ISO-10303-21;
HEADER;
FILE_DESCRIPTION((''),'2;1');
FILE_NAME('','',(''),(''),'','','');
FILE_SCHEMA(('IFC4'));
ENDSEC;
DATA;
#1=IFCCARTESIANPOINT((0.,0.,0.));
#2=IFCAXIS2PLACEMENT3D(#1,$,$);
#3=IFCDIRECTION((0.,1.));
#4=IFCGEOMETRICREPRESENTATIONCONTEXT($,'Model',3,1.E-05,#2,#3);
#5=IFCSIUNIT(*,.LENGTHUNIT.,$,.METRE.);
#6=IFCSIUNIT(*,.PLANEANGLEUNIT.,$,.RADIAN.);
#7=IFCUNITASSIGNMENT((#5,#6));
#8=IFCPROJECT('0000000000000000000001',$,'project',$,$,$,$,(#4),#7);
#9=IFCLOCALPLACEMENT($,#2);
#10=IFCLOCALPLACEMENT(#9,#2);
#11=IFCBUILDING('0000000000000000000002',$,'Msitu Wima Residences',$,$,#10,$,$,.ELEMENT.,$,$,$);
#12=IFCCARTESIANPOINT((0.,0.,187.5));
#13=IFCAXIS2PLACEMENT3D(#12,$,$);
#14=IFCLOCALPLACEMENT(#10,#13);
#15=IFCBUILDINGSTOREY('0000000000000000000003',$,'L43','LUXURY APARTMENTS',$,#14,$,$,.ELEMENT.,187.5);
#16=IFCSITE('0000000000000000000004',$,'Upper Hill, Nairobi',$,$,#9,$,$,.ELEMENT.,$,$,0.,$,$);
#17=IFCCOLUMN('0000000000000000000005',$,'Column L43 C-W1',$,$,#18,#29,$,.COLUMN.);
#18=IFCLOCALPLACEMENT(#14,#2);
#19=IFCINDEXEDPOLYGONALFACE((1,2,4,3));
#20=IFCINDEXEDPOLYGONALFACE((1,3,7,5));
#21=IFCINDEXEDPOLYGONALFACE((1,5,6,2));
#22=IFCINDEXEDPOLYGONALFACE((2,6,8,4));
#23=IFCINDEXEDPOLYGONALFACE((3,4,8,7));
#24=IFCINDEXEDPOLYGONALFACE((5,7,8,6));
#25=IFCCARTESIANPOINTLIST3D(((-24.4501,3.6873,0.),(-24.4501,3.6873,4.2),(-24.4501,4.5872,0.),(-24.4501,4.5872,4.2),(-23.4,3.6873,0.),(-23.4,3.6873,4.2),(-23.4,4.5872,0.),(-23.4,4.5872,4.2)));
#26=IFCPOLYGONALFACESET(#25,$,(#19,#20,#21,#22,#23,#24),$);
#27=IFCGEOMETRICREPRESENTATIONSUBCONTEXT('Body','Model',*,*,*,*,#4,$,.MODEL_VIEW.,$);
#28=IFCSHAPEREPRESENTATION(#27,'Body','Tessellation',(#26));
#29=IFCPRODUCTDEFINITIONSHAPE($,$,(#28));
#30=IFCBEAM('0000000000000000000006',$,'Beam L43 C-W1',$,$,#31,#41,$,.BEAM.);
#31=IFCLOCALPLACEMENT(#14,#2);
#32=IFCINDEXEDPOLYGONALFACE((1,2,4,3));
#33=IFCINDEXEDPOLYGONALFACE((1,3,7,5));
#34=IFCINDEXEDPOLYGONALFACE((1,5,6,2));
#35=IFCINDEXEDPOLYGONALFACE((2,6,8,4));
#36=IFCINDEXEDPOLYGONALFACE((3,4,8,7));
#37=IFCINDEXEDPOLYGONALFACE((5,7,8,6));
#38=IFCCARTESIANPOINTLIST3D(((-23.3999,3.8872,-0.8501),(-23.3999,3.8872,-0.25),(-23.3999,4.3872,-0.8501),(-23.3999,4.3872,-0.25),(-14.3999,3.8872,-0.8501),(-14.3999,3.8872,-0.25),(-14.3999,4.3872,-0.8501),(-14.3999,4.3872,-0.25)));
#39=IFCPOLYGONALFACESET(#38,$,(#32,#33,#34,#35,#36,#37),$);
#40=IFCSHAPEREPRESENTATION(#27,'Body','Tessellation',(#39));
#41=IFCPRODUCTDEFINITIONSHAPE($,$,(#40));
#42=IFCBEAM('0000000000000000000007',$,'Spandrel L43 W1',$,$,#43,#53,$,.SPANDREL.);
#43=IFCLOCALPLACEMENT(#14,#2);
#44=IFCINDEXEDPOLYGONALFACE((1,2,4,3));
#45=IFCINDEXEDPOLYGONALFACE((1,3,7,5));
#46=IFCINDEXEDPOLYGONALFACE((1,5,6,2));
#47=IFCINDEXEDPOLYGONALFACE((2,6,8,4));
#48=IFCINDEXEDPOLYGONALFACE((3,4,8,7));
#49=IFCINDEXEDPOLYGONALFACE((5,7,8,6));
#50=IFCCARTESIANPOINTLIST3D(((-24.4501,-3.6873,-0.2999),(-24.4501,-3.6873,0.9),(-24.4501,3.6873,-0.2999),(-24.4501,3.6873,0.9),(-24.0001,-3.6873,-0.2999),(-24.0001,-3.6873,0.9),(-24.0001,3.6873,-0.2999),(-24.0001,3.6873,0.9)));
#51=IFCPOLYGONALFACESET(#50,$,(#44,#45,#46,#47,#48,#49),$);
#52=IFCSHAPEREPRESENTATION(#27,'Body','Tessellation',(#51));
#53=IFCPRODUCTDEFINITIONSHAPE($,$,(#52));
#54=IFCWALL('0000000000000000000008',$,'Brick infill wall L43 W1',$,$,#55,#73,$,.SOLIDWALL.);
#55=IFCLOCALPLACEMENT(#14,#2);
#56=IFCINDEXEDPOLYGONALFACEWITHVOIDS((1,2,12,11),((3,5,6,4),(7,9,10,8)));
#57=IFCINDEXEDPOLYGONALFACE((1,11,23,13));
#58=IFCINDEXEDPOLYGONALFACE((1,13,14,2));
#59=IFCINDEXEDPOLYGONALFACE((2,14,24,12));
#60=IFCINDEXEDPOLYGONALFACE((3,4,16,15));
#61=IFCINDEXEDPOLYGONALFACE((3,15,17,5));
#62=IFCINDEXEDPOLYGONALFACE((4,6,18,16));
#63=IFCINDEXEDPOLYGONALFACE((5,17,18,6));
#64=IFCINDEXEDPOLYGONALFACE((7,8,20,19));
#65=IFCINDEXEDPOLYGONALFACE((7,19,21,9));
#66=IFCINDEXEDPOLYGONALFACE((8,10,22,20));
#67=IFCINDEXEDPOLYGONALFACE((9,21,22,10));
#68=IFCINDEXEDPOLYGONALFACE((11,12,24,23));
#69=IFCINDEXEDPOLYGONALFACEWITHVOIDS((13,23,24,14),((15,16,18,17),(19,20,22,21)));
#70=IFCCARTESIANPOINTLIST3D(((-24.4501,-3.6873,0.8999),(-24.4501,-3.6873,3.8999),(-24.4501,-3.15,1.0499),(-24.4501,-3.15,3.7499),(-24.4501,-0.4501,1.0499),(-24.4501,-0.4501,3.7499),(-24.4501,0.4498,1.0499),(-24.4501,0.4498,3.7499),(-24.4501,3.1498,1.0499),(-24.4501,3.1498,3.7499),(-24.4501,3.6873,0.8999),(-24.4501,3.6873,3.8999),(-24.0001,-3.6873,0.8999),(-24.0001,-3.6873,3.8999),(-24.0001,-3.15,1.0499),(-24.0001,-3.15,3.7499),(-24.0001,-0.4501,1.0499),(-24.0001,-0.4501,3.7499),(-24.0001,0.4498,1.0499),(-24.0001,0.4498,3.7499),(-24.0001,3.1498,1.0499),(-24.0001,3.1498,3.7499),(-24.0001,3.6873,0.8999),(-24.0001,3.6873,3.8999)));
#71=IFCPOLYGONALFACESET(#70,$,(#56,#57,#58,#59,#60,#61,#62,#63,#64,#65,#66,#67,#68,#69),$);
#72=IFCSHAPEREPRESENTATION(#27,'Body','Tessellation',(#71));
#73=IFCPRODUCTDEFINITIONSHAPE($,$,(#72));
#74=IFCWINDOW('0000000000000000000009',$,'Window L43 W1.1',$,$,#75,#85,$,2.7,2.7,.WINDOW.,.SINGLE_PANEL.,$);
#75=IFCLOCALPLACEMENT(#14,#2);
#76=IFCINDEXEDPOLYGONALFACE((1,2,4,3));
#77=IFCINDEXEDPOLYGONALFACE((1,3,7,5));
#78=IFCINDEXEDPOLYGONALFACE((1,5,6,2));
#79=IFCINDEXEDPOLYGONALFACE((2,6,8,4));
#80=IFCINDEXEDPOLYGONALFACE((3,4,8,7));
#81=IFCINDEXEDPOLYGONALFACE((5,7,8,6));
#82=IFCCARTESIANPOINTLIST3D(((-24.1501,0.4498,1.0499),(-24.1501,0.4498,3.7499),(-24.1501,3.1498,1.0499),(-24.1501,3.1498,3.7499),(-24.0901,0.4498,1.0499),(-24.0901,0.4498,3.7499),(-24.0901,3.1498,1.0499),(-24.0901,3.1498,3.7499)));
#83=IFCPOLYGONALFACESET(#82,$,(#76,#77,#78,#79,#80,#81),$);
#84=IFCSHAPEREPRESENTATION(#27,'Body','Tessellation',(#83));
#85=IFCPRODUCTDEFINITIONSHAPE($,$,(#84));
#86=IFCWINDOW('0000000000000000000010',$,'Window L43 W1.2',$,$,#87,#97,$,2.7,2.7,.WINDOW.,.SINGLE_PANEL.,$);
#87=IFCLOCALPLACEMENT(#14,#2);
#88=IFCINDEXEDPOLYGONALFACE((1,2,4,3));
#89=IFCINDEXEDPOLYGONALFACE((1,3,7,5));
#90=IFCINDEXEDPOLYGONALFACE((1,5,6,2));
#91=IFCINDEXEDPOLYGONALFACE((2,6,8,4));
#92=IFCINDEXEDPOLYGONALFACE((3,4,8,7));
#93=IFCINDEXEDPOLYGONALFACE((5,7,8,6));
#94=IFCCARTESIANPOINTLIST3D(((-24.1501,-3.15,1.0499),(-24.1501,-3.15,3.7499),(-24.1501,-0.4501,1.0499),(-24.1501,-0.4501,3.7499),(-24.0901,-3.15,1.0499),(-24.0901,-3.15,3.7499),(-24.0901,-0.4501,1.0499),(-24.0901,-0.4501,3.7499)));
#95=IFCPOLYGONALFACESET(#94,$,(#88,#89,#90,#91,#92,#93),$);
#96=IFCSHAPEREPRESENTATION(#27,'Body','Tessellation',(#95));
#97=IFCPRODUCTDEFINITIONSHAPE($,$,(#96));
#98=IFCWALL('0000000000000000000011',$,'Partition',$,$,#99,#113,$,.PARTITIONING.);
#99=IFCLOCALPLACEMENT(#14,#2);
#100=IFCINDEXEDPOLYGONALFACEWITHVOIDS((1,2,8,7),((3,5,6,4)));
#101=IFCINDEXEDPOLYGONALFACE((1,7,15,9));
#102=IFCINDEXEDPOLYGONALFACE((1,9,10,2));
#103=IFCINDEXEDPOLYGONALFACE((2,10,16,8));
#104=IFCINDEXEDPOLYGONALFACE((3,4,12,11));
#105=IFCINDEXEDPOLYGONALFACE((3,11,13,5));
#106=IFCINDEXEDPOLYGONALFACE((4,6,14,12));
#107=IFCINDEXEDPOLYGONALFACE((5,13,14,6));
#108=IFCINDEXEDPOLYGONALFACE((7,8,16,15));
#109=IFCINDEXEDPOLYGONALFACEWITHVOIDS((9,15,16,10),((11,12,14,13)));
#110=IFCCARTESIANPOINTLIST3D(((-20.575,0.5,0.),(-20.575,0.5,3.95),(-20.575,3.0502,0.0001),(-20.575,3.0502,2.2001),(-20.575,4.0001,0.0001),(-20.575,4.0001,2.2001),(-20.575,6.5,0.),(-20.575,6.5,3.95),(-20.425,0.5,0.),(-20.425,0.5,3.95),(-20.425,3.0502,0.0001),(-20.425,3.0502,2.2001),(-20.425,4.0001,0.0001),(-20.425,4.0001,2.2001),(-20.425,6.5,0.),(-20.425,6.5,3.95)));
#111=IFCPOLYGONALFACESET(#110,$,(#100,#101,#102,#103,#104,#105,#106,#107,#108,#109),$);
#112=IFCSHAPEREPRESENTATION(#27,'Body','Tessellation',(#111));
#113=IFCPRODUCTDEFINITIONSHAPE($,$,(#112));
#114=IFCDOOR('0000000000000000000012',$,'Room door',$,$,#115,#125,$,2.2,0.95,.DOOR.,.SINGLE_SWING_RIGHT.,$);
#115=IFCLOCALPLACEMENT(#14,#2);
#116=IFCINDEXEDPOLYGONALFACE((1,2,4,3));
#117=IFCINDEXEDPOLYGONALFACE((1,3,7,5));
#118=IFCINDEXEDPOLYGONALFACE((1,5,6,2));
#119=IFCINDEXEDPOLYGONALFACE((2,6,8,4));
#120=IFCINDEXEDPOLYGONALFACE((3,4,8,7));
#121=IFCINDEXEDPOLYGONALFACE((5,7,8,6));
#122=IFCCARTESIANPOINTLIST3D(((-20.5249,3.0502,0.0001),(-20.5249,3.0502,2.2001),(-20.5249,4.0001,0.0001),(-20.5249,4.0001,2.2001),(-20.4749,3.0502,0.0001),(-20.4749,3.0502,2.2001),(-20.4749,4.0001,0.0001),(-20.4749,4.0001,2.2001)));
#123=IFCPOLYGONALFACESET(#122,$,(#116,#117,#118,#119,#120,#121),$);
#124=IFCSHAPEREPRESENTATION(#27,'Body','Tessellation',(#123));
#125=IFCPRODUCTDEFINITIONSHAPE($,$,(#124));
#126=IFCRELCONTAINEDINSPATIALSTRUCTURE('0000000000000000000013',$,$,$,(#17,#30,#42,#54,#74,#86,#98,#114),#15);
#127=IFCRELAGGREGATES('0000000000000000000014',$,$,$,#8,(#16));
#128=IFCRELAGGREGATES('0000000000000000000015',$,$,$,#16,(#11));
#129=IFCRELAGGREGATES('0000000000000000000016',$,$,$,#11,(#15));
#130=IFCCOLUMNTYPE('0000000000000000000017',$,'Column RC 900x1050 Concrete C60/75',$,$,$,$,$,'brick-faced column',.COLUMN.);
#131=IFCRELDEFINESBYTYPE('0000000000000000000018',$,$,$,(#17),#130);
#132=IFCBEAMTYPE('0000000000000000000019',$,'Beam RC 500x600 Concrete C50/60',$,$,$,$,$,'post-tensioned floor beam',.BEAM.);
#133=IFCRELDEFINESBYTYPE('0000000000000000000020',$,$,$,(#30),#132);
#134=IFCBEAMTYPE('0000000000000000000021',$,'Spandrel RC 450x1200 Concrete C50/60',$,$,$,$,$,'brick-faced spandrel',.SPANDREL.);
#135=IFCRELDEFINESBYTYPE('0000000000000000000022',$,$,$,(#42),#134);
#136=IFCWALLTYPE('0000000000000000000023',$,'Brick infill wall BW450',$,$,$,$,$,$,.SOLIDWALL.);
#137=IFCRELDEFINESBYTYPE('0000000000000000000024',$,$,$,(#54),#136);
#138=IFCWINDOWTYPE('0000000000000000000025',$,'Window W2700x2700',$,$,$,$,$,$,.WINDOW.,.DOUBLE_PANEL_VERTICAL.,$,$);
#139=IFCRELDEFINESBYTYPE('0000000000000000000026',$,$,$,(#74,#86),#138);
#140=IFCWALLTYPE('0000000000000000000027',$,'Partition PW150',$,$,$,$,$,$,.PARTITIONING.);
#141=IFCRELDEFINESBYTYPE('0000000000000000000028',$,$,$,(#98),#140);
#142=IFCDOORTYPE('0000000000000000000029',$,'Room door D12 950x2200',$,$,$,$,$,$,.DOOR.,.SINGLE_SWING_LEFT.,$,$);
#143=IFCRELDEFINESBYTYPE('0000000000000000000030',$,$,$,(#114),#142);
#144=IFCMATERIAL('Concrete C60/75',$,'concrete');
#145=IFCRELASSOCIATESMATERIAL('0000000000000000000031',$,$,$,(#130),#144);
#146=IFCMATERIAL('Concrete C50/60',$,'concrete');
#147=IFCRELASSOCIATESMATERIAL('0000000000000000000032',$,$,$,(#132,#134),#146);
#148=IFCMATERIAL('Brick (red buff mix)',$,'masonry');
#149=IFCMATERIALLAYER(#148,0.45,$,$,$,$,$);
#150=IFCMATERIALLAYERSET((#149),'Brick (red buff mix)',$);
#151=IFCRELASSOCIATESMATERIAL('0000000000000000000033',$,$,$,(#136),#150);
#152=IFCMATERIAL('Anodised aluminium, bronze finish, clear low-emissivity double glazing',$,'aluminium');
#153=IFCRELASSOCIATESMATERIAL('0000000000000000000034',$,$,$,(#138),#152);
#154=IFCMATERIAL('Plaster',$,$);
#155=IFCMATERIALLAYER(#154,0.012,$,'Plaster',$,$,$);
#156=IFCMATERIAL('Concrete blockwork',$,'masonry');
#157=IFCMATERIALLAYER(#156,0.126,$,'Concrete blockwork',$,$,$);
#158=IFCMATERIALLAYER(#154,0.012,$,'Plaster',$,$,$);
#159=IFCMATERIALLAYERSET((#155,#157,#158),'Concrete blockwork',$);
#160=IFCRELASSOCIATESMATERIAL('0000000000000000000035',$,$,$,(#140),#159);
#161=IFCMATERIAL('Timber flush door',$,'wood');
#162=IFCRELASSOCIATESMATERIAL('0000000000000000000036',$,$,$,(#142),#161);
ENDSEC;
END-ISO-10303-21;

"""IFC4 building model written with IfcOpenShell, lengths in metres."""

from ifc_helpers import new_model, si_unit, direction, frame, frame_2d, origin, origin_2d, place, context, subcontext, project, spatial, rectangle, extrude, material, layer, layer_set, material_profile, profile_set, type_object, element, fill, save


model = new_model("IFC4")

# Units and contexts
model_context = context("Model", 3, precision=1e-05, world=origin(), true_north=direction((0.0, 1.0)))
body_context = subcontext(model_context, "Body", "Model", "MODEL_VIEW")
ifc_project = project(units=[si_unit("LENGTHUNIT", "METRE"), si_unit("PLANEANGLEUNIT", "RADIAN")], contexts=[model_context])

# Site, building, storey
site_placement = place(None, origin())
site = spatial("IfcSite", under=ifc_project, at=site_placement, Name="Upper Hill, Nairobi", CompositionType="ELEMENT", RefElevation=0.0)
building_placement = place(site_placement, origin())
building = spatial("IfcBuilding", under=site, at=building_placement, Name="Msitu Wima Residences", CompositionType="ELEMENT")
storey_placement = place(building_placement, frame((0.0, 0.0, 187.5)))
storey = spatial("IfcBuildingStorey", under=building, at=storey_placement, Name="L43", Description="LUXURY APARTMENTS", CompositionType="ELEMENT", Elevation=187.5)

# Column
ifc_material_1 = material(Name="Concrete C60/75", Category="concrete")
ifc_material_profile_1 = material_profile(ifc_material_1, rectangle(XDim=0.8999, YDim=1.05, at=origin_2d()), Name="RC 900x1050")
ifc_profile_set_1 = profile_set([ifc_material_profile_1], Name="Concrete C60/75")
column_type = type_object("IfcColumnType", Name="Column RC 900x1050 Concrete C60/75", ElementType="brick-faced column", PredefinedType="COLUMN", material=ifc_profile_set_1)
column_placement = place(storey_placement, frame((-23.925, 4.1372, 0.0), z_axis=(0.0, 0.0, 1.0), x_axis=(0.0, -1.0, 0.0)))
element("IfcColumn", 1, at=column_placement, inside=storey, type_object=column_type, Name="Column L43 C-W1", PredefinedType="COLUMN", context=body_context, shape_type="SweptSolid", body=[
    extrude(rectangle(XDim=0.8999, YDim=1.05, at=origin_2d()), origin(), (0.0, 0.0, 1.0), 4.2),
])

# Beams
ifc_material_2 = material(Name="Concrete C50/60", Category="concrete")
ifc_material_profile_2 = material_profile(ifc_material_2, rectangle(XDim=0.5, YDim=0.6001, at=origin_2d()), Name="RC 500x600")
ifc_profile_set_2 = profile_set([ifc_material_profile_2], Name="Concrete C50/60")
beam_type_1 = type_object("IfcBeamType", Name="Beam RC 500x600 Concrete C50/60", ElementType="post-tensioned floor beam", PredefinedType="BEAM", material=ifc_profile_set_2)
beam_1_placement = place(storey_placement, frame((-23.3999, 4.1372, -0.55), z_axis=(1.0, 0.0, 0.0), x_axis=(0.0, 1.0, 0.0)))
element("IfcBeam", 2, at=beam_1_placement, inside=storey, type_object=beam_type_1, Name="Beam L43 C-W1", PredefinedType="BEAM", context=body_context, shape_type="SweptSolid", body=[
    extrude(rectangle(XDim=0.5, YDim=0.6001, at=origin_2d()), origin(), (0.0, 0.0, 1.0), 9.0),
])
ifc_material_profile_3 = material_profile(ifc_material_2, rectangle(XDim=0.45, YDim=1.2, at=origin_2d()), Name="RC 450x1200")
ifc_profile_set_3 = profile_set([ifc_material_profile_3], Name="Concrete C50/60")
beam_type_2 = type_object("IfcBeamType", Name="Spandrel RC 450x1200 Concrete C50/60", ElementType="brick-faced spandrel", PredefinedType="SPANDREL", material=ifc_profile_set_3)
beam_2_placement = place(storey_placement, frame((-24.2251, 3.6873, 0.3), z_axis=(0.0, -1.0, 0.0), x_axis=(1.0, 0.0, 0.0)))
element("IfcBeam", 3, at=beam_2_placement, inside=storey, type_object=beam_type_2, Name="Spandrel L43 W1", PredefinedType="SPANDREL", context=body_context, shape_type="SweptSolid", body=[
    extrude(rectangle(XDim=0.45, YDim=1.2, at=origin_2d()), origin(), (0.0, 0.0, 1.0), 7.3745),
])

# Wall, openings, windows
ifc_material_3 = material(Name="Brick (red buff mix)", Category="masonry")
ifc_layer_1 = layer(ifc_material_3, 0.45)
ifc_layer_set_1 = layer_set([ifc_layer_1], Name="Brick (red buff mix)")
wall_type_1 = type_object("IfcWallType", Name="Brick infill wall BW450", PredefinedType="SOLIDWALL", material=ifc_layer_set_1)
wall_1_placement = place(storey_placement, frame((-24.2251, 3.6873, 0.8999), z_axis=(0.0, 0.0, 1.0), x_axis=(0.0, -1.0, 0.0)))
wall_1 = element("IfcWall", 4, at=wall_1_placement, inside=storey, type_object=wall_type_1, Name="Brick infill wall L43 W1", PredefinedType="SOLIDWALL", context=body_context, shape_type="SweptSolid", body=[
    extrude(rectangle(XDim=7.3745, YDim=0.45, at=frame_2d((3.6873, 0.0))), origin(), (0.0, 0.0, 1.0), 3.0),
])
opening_1_placement = place(wall_1_placement, frame((0.5374, 0.0, 0.1499)))
opening_1 = element("IfcOpeningElement", 5, at=opening_1_placement, cuts=wall_1, PredefinedType="OPENING", context=body_context, shape_type="SweptSolid", body=[
    extrude(rectangle(XDim=2.7, YDim=2.7, at=frame_2d((1.3501, 1.3501))), frame((0.0, 0.2349, 0.0), z_axis=(0.0, -1.0, 0.0), x_axis=(1.0, 0.0, 0.0)), (0.0, 0.0, 1.0), 0.47),
])
opening_2_placement = place(wall_1_placement, frame((4.1372, 0.0, 0.1499)))
opening_2 = element("IfcOpeningElement", 6, at=opening_2_placement, cuts=wall_1, PredefinedType="OPENING", context=body_context, shape_type="SweptSolid", body=[
    extrude(rectangle(XDim=2.7, YDim=2.7, at=frame_2d((1.3501, 1.3501))), frame((0.0, 0.2349, 0.0), z_axis=(0.0, -1.0, 0.0), x_axis=(1.0, 0.0, 0.0)), (0.0, 0.0, 1.0), 0.47),
])
ifc_material_4 = material(Name="Anodised aluminium, bronze finish, clear low-emissivity double glazing", Category="aluminium")
window_type = type_object("IfcWindowType", Name="Window W2700x2700", PartitioningType="DOUBLE_PANEL_VERTICAL", PredefinedType="WINDOW", material=ifc_material_4)
window_1_placement = place(opening_1_placement, origin())
window_1 = element("IfcWindow", 7, at=window_1_placement, inside=storey, type_object=window_type, Name="Window L43 W1.1", OverallHeight=2.7, OverallWidth=2.7, PartitioningType="SINGLE_PANEL", PredefinedType="WINDOW", context=body_context, shape_type="SweptSolid", body=[
    extrude(rectangle(XDim=2.7, YDim=2.7, at=frame_2d((1.3501, 1.3501))), frame((0.0, 0.135, 0.0), z_axis=(0.0, -1.0, 0.0), x_axis=(1.0, 0.0, 0.0)), (0.0, 0.0, 1.0), 0.0601),
])
fill(opening_1, window_1)
window_2_placement = place(opening_2_placement, origin())
window_2 = element("IfcWindow", 8, at=window_2_placement, inside=storey, type_object=window_type, Name="Window L43 W1.2", OverallHeight=2.7, OverallWidth=2.7, PartitioningType="SINGLE_PANEL", PredefinedType="WINDOW", context=body_context, shape_type="SweptSolid", body=[
    extrude(rectangle(XDim=2.7, YDim=2.7, at=frame_2d((1.3501, 1.3501))), frame((0.0, 0.135, 0.0), z_axis=(0.0, -1.0, 0.0), x_axis=(1.0, 0.0, 0.0)), (0.0, 0.0, 1.0), 0.0601),
])
fill(opening_2, window_2)

# Wall, opening, door
ifc_material_5 = material(Name="Plaster")
ifc_layer_2 = layer(ifc_material_5, 0.012, Name="Plaster")
ifc_material_6 = material(Name="Concrete blockwork", Category="masonry")
ifc_layer_3 = layer(ifc_material_6, 0.126, Name="Concrete blockwork")
ifc_layer_4 = layer(ifc_material_5, 0.012, Name="Plaster")
ifc_layer_set_2 = layer_set([ifc_layer_2, ifc_layer_3, ifc_layer_4], Name="Concrete blockwork")
wall_type_2 = type_object("IfcWallType", Name="Partition PW150", PredefinedType="PARTITIONING", material=ifc_layer_set_2)
wall_2_placement = place(storey_placement, frame((-20.5, 0.5, 0.0), z_axis=(0.0, 0.0, 1.0), x_axis=(0.0, 1.0, 0.0)))
wall_2 = element("IfcWall", 9, at=wall_2_placement, inside=storey, type_object=wall_type_2, Name="Partition", PredefinedType="PARTITIONING", context=body_context, shape_type="SweptSolid", body=[
    extrude(rectangle(XDim=6.0, YDim=0.1499, at=frame_2d((3.0, 0.0))), origin(), (0.0, 0.0, 1.0), 3.95),
])
opening_3_placement = place(wall_2_placement, frame((2.55, 0.0, 0.0)))
opening_3 = element("IfcOpeningElement", 10, at=opening_3_placement, cuts=wall_2, PredefinedType="OPENING", context=body_context, shape_type="SweptSolid", body=[
    extrude(rectangle(XDim=0.95, YDim=2.2, at=frame_2d((0.4751, 1.1001))), frame((0.0, 0.085, 0.0), z_axis=(0.0, -1.0, 0.0), x_axis=(1.0, 0.0, 0.0)), (0.0, 0.0, 1.0), 0.1699),
])
ifc_material_7 = material(Name="Timber flush door", Category="wood")
door_type_1 = type_object("IfcDoorType", Name="Room door D12 950x2200", OperationType="SINGLE_SWING_LEFT", PredefinedType="DOOR", material=ifc_material_7)
door_1_placement = place(opening_3_placement, origin())
door_1 = element("IfcDoor", 11, at=door_1_placement, inside=storey, type_object=door_type_1, Name="Room door", OperationType="SINGLE_SWING_RIGHT", OverallHeight=2.2, OverallWidth=0.95, PredefinedType="DOOR", context=body_context, shape_type="SweptSolid", body=[
    extrude(rectangle(XDim=0.95, YDim=2.2, at=frame_2d((0.4751, 1.1001))), frame((0.0, 0.0249, 0.0), z_axis=(0.0, -1.0, 0.0), x_axis=(1.0, 0.0, 0.0)), (0.0, 0.0, 1.0), 0.05),
])
fill(opening_3, door_1)

save(model, "model.ifc")
